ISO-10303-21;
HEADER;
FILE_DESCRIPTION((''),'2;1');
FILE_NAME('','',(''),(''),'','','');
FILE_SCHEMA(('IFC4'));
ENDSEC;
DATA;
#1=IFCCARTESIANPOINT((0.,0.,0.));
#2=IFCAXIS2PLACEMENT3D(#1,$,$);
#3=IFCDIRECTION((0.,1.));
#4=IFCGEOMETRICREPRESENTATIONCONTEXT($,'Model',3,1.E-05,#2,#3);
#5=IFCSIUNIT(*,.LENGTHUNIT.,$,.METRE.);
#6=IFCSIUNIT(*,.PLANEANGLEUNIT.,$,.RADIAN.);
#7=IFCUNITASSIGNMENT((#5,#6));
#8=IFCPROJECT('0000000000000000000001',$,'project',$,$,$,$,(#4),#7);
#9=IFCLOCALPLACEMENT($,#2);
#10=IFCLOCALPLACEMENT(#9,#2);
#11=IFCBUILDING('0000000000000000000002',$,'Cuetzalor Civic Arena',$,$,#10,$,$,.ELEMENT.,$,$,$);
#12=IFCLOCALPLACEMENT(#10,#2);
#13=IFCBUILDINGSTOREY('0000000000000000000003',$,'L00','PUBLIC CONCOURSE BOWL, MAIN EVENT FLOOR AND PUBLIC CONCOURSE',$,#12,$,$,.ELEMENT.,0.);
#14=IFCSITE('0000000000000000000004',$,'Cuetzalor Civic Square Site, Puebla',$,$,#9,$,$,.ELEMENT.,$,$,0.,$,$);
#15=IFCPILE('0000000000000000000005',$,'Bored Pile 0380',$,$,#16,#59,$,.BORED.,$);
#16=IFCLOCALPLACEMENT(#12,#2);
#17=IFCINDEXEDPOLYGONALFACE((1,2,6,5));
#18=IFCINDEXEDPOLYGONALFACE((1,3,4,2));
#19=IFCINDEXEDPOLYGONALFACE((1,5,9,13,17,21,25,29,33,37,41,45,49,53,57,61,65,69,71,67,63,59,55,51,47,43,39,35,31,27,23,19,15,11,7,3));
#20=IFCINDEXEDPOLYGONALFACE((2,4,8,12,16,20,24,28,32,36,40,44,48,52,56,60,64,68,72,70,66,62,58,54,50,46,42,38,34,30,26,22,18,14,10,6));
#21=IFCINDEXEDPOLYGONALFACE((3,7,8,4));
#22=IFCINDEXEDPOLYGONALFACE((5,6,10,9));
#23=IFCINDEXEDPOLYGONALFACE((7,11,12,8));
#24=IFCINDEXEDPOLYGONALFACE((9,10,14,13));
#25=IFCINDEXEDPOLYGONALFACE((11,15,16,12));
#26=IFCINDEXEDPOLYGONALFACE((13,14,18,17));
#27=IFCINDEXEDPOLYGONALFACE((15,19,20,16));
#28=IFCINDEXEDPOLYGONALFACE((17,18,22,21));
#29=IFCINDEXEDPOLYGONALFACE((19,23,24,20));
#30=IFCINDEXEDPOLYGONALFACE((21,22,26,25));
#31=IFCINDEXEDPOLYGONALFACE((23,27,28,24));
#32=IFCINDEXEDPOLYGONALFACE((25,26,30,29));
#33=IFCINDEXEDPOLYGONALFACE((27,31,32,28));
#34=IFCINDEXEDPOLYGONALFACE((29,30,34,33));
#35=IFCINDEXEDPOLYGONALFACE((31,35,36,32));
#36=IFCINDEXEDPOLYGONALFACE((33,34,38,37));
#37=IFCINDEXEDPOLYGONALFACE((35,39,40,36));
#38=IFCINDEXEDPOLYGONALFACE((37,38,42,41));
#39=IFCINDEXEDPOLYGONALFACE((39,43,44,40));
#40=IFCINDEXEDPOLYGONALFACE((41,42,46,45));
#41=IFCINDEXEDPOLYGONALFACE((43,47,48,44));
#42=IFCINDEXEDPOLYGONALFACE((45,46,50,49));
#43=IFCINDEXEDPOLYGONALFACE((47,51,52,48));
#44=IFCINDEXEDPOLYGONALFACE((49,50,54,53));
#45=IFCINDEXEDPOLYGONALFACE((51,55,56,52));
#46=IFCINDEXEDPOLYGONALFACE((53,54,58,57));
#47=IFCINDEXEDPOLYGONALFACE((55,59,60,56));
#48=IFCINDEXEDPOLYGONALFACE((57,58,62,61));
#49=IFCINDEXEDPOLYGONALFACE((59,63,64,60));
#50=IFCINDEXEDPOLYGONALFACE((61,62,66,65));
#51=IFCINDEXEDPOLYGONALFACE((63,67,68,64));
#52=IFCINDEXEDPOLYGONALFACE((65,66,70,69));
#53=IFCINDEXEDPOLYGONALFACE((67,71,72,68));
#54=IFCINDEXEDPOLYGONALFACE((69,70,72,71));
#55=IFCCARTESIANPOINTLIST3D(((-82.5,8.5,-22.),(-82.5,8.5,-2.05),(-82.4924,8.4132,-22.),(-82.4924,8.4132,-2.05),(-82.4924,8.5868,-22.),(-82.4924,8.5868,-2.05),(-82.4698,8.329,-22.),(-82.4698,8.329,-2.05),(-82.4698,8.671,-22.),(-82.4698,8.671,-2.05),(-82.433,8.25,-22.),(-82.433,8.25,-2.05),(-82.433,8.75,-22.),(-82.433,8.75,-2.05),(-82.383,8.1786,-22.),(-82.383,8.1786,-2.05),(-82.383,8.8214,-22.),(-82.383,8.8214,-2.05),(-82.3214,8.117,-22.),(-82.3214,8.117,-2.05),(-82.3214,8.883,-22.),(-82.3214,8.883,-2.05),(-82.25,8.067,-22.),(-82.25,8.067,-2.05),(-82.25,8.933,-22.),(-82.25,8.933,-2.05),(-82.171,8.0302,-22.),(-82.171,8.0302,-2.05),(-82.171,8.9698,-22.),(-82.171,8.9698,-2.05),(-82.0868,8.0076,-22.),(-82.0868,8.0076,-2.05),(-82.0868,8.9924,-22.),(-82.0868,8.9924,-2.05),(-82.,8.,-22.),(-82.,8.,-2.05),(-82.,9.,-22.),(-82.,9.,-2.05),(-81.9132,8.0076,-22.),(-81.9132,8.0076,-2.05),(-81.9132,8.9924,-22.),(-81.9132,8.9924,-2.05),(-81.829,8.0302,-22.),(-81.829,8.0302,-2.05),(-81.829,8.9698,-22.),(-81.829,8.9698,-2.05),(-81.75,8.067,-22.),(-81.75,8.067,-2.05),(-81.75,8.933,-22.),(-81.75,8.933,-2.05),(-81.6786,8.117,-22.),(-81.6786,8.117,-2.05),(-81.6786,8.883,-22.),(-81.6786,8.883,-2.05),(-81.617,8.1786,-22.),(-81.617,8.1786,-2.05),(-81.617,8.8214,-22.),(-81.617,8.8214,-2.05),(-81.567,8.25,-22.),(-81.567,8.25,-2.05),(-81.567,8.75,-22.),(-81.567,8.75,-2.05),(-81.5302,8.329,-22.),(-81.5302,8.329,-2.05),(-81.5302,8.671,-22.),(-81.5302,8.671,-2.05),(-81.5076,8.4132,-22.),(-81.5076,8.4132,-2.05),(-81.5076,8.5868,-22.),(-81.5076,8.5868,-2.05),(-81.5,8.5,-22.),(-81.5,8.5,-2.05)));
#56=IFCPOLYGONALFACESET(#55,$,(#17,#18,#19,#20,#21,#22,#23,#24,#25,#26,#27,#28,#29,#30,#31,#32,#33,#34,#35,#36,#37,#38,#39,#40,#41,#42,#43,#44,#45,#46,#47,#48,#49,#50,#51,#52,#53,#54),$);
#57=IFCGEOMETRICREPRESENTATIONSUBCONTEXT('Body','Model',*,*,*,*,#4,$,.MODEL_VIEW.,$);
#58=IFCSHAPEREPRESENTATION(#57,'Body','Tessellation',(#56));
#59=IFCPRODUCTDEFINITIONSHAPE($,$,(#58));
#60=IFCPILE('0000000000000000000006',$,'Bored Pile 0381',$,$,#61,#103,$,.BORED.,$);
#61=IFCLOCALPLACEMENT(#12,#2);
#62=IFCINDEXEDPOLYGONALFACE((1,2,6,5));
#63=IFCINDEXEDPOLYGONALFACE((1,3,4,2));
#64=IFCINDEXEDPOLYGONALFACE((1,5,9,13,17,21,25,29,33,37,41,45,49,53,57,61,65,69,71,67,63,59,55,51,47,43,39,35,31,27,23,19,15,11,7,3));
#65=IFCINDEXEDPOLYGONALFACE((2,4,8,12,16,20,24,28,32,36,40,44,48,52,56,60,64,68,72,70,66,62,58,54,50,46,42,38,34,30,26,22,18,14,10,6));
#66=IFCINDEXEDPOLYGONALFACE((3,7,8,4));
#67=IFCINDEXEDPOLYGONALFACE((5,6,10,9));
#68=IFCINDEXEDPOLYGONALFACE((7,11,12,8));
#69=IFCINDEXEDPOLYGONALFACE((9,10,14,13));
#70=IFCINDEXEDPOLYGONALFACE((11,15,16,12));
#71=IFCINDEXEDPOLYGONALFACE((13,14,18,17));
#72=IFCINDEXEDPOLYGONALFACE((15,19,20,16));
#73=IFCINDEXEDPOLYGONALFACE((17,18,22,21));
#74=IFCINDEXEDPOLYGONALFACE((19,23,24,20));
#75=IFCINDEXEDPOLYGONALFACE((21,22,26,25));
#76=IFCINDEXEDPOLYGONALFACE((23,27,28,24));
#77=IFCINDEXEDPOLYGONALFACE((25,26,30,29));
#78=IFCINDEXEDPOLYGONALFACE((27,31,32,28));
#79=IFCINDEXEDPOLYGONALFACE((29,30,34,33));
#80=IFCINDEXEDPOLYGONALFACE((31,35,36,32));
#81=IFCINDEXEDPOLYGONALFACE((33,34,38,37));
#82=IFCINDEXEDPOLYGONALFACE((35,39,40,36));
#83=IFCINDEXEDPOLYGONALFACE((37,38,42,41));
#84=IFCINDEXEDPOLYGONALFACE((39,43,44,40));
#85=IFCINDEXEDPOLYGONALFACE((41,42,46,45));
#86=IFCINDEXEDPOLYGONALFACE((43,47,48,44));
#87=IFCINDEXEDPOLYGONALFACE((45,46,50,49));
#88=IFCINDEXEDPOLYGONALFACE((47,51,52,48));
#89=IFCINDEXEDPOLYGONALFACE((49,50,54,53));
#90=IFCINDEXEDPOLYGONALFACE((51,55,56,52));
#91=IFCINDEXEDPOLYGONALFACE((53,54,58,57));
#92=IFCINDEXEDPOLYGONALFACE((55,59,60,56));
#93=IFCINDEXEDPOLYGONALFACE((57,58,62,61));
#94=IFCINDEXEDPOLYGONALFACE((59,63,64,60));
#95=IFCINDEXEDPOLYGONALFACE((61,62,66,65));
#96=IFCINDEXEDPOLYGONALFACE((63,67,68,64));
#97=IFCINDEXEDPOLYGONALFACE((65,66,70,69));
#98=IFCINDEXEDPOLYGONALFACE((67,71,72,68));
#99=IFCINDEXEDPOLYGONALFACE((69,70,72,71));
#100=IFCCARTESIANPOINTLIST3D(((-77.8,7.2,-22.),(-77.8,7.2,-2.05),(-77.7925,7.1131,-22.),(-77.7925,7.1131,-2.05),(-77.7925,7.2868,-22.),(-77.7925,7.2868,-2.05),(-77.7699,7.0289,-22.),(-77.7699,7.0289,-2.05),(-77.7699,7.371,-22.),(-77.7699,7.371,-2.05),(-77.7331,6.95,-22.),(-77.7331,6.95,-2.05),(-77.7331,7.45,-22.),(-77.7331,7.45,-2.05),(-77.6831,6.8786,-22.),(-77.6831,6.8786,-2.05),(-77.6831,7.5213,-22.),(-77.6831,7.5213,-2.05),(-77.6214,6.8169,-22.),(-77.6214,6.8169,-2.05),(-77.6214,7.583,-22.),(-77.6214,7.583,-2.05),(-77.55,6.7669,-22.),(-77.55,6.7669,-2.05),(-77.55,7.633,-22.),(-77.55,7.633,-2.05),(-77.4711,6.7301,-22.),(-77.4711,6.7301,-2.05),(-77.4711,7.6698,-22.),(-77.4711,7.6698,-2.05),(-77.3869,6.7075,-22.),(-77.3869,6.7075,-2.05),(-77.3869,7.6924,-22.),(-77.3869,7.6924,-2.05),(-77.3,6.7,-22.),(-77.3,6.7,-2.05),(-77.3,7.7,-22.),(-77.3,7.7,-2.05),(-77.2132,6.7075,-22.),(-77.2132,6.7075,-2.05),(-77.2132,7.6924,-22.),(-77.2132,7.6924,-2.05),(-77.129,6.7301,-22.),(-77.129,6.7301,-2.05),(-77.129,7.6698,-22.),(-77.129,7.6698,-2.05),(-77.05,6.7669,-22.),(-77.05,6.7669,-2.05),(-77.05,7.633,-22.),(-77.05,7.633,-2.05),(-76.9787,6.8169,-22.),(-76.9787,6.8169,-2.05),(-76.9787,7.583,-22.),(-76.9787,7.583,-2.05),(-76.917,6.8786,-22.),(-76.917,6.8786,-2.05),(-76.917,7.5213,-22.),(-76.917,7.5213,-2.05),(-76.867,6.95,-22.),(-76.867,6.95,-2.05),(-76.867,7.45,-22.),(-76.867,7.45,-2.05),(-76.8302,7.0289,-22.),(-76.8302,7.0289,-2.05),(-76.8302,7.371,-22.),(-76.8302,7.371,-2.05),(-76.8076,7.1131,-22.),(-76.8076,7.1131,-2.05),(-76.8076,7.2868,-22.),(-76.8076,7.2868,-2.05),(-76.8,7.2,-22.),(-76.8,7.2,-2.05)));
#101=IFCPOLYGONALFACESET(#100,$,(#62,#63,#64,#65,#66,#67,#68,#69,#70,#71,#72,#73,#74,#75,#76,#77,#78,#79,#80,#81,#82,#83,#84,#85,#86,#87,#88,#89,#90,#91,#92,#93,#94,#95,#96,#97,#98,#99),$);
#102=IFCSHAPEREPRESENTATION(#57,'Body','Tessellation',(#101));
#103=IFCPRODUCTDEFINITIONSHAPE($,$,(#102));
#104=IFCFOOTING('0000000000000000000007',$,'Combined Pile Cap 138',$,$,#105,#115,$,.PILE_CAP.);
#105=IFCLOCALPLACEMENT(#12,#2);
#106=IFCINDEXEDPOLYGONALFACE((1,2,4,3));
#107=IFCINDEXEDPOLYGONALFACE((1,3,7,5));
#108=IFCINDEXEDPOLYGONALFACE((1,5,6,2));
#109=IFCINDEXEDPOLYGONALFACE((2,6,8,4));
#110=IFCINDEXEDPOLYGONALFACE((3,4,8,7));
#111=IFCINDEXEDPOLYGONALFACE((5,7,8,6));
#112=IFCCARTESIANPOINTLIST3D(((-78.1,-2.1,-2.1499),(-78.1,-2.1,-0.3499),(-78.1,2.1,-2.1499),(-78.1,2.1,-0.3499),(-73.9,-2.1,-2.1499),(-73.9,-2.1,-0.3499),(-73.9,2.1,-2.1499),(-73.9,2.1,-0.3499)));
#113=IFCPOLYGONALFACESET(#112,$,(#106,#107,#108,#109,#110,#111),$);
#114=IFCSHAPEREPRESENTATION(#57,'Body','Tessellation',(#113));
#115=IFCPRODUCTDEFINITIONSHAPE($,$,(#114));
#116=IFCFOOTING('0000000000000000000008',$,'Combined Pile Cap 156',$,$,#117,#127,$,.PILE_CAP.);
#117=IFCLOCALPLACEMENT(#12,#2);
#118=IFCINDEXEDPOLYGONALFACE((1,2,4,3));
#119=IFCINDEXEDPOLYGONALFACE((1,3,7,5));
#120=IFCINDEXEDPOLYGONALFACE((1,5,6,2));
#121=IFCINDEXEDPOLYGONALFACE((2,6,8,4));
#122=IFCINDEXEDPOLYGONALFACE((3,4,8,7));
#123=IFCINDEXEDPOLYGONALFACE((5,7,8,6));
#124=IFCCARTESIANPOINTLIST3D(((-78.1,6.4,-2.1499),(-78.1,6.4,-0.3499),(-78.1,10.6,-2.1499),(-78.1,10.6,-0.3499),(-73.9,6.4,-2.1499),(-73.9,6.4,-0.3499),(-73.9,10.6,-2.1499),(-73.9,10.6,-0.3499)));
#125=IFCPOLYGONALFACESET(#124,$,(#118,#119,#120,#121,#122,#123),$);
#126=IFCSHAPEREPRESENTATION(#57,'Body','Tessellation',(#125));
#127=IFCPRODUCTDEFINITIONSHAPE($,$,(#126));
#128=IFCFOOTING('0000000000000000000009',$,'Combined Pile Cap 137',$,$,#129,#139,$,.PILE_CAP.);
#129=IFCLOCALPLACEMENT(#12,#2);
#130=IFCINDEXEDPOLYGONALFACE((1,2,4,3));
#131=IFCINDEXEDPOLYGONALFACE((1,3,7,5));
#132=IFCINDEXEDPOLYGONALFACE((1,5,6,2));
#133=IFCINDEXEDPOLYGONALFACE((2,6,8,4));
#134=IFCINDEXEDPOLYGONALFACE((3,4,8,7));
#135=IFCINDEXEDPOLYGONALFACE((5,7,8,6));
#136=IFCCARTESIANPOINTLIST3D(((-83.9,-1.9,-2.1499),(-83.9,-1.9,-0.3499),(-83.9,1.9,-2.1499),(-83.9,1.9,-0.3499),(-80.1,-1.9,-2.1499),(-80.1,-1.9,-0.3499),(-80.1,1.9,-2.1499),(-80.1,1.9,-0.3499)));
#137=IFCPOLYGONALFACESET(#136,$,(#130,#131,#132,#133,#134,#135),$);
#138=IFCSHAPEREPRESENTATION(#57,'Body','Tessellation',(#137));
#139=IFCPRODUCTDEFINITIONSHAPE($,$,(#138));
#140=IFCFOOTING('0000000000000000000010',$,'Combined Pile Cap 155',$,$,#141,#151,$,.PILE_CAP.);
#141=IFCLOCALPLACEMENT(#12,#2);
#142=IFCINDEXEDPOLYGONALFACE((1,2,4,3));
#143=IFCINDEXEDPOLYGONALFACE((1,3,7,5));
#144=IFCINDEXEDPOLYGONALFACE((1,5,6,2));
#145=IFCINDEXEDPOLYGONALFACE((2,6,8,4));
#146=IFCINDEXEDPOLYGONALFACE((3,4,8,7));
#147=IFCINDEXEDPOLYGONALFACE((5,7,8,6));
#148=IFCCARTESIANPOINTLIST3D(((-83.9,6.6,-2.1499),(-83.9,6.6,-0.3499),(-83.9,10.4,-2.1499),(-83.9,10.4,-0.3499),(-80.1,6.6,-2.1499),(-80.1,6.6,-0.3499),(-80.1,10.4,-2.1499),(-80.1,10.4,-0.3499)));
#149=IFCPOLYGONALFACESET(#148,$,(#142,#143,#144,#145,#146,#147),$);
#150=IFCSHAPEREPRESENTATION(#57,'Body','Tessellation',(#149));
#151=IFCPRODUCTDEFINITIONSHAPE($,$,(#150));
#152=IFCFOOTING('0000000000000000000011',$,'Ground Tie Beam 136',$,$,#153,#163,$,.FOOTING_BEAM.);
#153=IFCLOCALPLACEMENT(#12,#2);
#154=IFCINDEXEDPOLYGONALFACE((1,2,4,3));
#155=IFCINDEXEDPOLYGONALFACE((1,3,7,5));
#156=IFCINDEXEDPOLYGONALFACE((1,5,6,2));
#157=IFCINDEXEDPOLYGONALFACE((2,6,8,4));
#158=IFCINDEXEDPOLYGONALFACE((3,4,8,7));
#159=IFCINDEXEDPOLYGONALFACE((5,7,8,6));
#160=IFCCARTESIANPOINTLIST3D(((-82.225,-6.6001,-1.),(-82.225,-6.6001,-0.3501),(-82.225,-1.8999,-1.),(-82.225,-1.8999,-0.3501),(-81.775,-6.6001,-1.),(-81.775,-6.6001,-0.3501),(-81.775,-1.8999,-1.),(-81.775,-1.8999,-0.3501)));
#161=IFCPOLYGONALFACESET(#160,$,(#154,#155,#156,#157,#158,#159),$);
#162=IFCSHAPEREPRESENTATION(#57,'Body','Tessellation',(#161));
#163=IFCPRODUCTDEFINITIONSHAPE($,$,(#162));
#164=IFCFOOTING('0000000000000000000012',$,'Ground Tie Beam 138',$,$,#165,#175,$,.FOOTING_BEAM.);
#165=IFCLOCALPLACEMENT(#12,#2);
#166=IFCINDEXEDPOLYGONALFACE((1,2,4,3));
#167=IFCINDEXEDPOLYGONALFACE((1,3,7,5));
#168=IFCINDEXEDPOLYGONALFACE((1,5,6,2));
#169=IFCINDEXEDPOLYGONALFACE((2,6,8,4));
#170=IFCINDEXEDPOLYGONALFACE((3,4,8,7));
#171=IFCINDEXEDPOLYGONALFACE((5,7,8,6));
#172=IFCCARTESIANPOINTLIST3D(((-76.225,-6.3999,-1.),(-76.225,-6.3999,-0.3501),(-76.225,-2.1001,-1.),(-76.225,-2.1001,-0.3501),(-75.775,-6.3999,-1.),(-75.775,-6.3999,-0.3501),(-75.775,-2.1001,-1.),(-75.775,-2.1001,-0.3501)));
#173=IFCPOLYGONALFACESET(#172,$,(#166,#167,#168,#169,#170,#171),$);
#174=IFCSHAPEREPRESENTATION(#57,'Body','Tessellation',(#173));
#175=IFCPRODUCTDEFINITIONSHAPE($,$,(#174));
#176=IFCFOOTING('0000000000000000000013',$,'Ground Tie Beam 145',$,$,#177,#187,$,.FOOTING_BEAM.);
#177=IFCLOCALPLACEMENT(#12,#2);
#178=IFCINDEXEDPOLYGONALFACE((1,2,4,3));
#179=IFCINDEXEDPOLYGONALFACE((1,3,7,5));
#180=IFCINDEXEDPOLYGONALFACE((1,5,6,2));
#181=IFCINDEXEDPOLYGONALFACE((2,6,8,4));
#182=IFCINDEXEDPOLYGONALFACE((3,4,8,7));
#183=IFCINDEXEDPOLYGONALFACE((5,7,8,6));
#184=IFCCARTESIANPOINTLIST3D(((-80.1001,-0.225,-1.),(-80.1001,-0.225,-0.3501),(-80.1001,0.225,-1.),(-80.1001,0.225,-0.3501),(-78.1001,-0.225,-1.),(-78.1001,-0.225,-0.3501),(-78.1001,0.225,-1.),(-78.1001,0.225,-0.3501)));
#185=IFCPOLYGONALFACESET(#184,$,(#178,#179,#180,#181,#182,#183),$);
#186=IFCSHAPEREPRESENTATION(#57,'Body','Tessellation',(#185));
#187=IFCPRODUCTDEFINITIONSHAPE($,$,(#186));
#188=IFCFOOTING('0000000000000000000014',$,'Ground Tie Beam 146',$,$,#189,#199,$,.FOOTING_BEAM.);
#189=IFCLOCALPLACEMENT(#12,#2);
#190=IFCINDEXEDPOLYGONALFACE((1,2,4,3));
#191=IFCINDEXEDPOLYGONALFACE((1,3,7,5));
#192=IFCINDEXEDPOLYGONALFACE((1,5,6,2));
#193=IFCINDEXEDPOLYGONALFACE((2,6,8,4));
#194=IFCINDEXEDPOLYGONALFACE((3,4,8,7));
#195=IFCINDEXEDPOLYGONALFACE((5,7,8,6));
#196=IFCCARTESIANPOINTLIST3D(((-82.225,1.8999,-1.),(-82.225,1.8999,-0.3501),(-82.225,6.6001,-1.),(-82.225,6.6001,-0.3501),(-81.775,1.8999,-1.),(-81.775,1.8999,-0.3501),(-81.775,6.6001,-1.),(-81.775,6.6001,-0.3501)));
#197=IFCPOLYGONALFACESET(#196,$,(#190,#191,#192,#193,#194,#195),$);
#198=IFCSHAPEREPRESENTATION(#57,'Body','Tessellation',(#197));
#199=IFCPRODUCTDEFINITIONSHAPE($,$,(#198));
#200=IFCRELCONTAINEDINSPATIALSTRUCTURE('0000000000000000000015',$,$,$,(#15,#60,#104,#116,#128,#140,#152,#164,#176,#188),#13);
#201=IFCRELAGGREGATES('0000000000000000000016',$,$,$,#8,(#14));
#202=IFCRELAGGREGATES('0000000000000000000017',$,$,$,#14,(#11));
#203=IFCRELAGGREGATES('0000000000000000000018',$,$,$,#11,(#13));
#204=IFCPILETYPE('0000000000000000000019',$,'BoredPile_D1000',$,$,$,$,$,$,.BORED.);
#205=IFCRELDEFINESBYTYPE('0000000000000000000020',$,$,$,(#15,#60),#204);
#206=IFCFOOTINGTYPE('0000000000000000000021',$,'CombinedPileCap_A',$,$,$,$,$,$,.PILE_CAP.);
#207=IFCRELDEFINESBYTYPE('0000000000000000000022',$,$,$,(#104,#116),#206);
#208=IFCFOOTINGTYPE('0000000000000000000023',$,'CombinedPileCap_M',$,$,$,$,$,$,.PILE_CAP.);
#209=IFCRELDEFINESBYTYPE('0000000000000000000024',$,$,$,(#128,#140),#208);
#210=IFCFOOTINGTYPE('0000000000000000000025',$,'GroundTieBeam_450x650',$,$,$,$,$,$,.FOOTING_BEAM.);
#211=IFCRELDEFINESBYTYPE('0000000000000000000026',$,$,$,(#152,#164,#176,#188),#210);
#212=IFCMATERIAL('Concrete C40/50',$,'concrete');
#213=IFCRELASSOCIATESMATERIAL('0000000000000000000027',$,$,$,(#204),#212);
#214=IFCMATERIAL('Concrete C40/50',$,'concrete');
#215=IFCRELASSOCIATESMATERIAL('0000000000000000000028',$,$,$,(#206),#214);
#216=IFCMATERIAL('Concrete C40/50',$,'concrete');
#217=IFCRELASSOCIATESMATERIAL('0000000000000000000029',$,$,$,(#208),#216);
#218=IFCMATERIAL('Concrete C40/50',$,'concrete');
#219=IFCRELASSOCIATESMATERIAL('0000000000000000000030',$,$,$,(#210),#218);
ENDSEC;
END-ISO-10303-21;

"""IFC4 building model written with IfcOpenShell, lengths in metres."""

from ifc_helpers import new_model, si_unit, direction, frame, origin, origin_2d, place, context, subcontext, project, spatial, rectangle, circle, extrude, material, material_profile, profile_set, type_object, element, save


model = new_model("IFC4")

# Units and contexts
model_context = context("Model", 3, precision=1e-05, world=origin(), true_north=direction((0.0, 1.0)))
body_context = subcontext(model_context, "Body", "Model", "MODEL_VIEW")
ifc_project = project(units=[si_unit("LENGTHUNIT", "METRE"), si_unit("PLANEANGLEUNIT", "RADIAN")], contexts=[model_context])

# Site, building, storey
site_placement = place(None, origin())
site = spatial("IfcSite", under=ifc_project, at=site_placement, Name="Cuetzalor Civic Square Site, Puebla", CompositionType="ELEMENT", RefElevation=0.0)
building_placement = place(site_placement, origin())
building = spatial("IfcBuilding", under=site, at=building_placement, Name="Cuetzalor Civic Arena", CompositionType="ELEMENT")
storey_placement = place(building_placement, origin())
storey = spatial("IfcBuildingStorey", under=building, at=storey_placement, Name="L00", Description="PUBLIC CONCOURSE BOWL, MAIN EVENT FLOOR AND PUBLIC CONCOURSE", CompositionType="ELEMENT", Elevation=0.0)

# Piles
ifc_material_1 = material(Name="Concrete C40/50", Category="concrete")
ifc_material_profile_1 = material_profile(ifc_material_1, circle(Radius=0.5, at=origin_2d()), Name="BORED PILE D1000")
ifc_profile_set_1 = profile_set([ifc_material_profile_1], Name="Concrete C40/50")
pile_type = type_object("IfcPileType", Name="BoredPile_D1000", PredefinedType="BORED", material=ifc_profile_set_1)
for number, where, z_axis, x_axis, name in (
    (1, (-82.0, 8.5, -2.05), (0.0, 0.0, -1.0), (1.0, 0.0, 0.0), "Bored Pile 0380"),
    (2, (-77.3, 7.2, -2.05), (0.0, 0.0, -1.0), (1.0, 0.0, 0.0), "Bored Pile 0381"),
):
    element("IfcPile", number, at=place(storey_placement, frame(where, z_axis=z_axis, x_axis=x_axis)), inside=storey, type_object=pile_type, Name=name, PredefinedType="BORED", context=body_context, shape_type="SweptSolid", body=[
        extrude(circle(Radius=0.5, at=origin_2d()), origin(), (0.0, 0.0, 1.0), 19.95),
    ])

# Footings
ifc_material_2 = material(Name="Concrete C40/50", Category="concrete")
footing_type_1 = type_object("IfcFootingType", Name="CombinedPileCap_A", PredefinedType="PILE_CAP", material=ifc_material_2)
for number, where, z_axis, x_axis, name in (
    (3, (-76.0, 0.0, -2.1499), (0.0, 0.0, 1.0), (1.0, 0.0, 0.0), "Combined Pile Cap 138"),
    (4, (-76.0, 8.5, -2.1499), (0.0, 0.0, 1.0), (1.0, 0.0, 0.0), "Combined Pile Cap 156"),
):
    element("IfcFooting", number, at=place(storey_placement, frame(where, z_axis=z_axis, x_axis=x_axis)), inside=storey, type_object=footing_type_1, Name=name, PredefinedType="PILE_CAP", context=body_context, shape_type="SweptSolid", body=[
        extrude(rectangle(XDim=4.2, YDim=4.2, at=origin_2d()), origin(), (0.0, 0.0, 1.0), 1.8),
    ])
ifc_material_3 = material(Name="Concrete C40/50", Category="concrete")
footing_type_2 = type_object("IfcFootingType", Name="CombinedPileCap_M", PredefinedType="PILE_CAP", material=ifc_material_3)
for number, where, z_axis, x_axis, name in (
    (5, (-82.0, 0.0, -2.1499), (0.0, 0.0, 1.0), (1.0, 0.0, 0.0), "Combined Pile Cap 137"),
    (6, (-82.0, 8.5, -2.1499), (0.0, 0.0, 1.0), (1.0, 0.0, 0.0), "Combined Pile Cap 155"),
):
    element("IfcFooting", number, at=place(storey_placement, frame(where, z_axis=z_axis, x_axis=x_axis)), inside=storey, type_object=footing_type_2, Name=name, PredefinedType="PILE_CAP", context=body_context, shape_type="SweptSolid", body=[
        extrude(rectangle(XDim=3.8, YDim=3.8, at=origin_2d()), origin(), (0.0, 0.0, 1.0), 1.8),
    ])
ifc_material_4 = material(Name="Concrete C40/50", Category="concrete")
ifc_material_profile_2 = material_profile(ifc_material_4, rectangle(XDim=0.45, YDim=0.6499, at=origin_2d()), Name="RC 450x650")
ifc_profile_set_2 = profile_set([ifc_material_profile_2], Name="Concrete C40/50")
footing_type_3 = type_object("IfcFootingType", Name="GroundTieBeam_450x650", PredefinedType="FOOTING_BEAM", material=ifc_profile_set_2)
footing_1_placement = place(storey_placement, frame((-82.0, -6.6001, -0.675), z_axis=(0.0, 1.0, 0.0), x_axis=(-1.0, 0.0, 0.0)))
element("IfcFooting", 7, at=footing_1_placement, inside=storey, type_object=footing_type_3, Name="Ground Tie Beam 136", PredefinedType="FOOTING_BEAM", context=body_context, shape_type="SweptSolid", body=[
    extrude(rectangle(XDim=0.45, YDim=0.6499, at=origin_2d()), origin(), (0.0, 0.0, 1.0), 4.7002),
])
footing_2_placement = place(storey_placement, frame((-76.0, -6.3999, -0.675), z_axis=(0.0, 1.0, 0.0), x_axis=(-1.0, 0.0, 0.0)))
element("IfcFooting", 8, at=footing_2_placement, inside=storey, type_object=footing_type_3, Name="Ground Tie Beam 138", PredefinedType="FOOTING_BEAM", context=body_context, shape_type="SweptSolid", body=[
    extrude(rectangle(XDim=0.45, YDim=0.6499, at=origin_2d()), origin(), (0.0, 0.0, 1.0), 4.2998),
])
footing_3_placement = place(storey_placement, frame((-80.1001, 0.0, -0.675), z_axis=(1.0, 0.0, 0.0), x_axis=(0.0, 1.0, 0.0)))
element("IfcFooting", 9, at=footing_3_placement, inside=storey, type_object=footing_type_3, Name="Ground Tie Beam 145", PredefinedType="FOOTING_BEAM", context=body_context, shape_type="SweptSolid", body=[
    extrude(rectangle(XDim=0.45, YDim=0.6499, at=origin_2d()), origin(), (0.0, 0.0, 1.0), 2.0),
])
footing_4_placement = place(storey_placement, frame((-82.0, 1.8999, -0.675), z_axis=(0.0, 1.0, 0.0), x_axis=(-1.0, 0.0, 0.0)))
element("IfcFooting", 10, at=footing_4_placement, inside=storey, type_object=footing_type_3, Name="Ground Tie Beam 146", PredefinedType="FOOTING_BEAM", context=body_context, shape_type="SweptSolid", body=[
    extrude(rectangle(XDim=0.45, YDim=0.6499, at=origin_2d()), origin(), (0.0, 0.0, 1.0), 4.7002),
])

save(model, "model.ifc")
